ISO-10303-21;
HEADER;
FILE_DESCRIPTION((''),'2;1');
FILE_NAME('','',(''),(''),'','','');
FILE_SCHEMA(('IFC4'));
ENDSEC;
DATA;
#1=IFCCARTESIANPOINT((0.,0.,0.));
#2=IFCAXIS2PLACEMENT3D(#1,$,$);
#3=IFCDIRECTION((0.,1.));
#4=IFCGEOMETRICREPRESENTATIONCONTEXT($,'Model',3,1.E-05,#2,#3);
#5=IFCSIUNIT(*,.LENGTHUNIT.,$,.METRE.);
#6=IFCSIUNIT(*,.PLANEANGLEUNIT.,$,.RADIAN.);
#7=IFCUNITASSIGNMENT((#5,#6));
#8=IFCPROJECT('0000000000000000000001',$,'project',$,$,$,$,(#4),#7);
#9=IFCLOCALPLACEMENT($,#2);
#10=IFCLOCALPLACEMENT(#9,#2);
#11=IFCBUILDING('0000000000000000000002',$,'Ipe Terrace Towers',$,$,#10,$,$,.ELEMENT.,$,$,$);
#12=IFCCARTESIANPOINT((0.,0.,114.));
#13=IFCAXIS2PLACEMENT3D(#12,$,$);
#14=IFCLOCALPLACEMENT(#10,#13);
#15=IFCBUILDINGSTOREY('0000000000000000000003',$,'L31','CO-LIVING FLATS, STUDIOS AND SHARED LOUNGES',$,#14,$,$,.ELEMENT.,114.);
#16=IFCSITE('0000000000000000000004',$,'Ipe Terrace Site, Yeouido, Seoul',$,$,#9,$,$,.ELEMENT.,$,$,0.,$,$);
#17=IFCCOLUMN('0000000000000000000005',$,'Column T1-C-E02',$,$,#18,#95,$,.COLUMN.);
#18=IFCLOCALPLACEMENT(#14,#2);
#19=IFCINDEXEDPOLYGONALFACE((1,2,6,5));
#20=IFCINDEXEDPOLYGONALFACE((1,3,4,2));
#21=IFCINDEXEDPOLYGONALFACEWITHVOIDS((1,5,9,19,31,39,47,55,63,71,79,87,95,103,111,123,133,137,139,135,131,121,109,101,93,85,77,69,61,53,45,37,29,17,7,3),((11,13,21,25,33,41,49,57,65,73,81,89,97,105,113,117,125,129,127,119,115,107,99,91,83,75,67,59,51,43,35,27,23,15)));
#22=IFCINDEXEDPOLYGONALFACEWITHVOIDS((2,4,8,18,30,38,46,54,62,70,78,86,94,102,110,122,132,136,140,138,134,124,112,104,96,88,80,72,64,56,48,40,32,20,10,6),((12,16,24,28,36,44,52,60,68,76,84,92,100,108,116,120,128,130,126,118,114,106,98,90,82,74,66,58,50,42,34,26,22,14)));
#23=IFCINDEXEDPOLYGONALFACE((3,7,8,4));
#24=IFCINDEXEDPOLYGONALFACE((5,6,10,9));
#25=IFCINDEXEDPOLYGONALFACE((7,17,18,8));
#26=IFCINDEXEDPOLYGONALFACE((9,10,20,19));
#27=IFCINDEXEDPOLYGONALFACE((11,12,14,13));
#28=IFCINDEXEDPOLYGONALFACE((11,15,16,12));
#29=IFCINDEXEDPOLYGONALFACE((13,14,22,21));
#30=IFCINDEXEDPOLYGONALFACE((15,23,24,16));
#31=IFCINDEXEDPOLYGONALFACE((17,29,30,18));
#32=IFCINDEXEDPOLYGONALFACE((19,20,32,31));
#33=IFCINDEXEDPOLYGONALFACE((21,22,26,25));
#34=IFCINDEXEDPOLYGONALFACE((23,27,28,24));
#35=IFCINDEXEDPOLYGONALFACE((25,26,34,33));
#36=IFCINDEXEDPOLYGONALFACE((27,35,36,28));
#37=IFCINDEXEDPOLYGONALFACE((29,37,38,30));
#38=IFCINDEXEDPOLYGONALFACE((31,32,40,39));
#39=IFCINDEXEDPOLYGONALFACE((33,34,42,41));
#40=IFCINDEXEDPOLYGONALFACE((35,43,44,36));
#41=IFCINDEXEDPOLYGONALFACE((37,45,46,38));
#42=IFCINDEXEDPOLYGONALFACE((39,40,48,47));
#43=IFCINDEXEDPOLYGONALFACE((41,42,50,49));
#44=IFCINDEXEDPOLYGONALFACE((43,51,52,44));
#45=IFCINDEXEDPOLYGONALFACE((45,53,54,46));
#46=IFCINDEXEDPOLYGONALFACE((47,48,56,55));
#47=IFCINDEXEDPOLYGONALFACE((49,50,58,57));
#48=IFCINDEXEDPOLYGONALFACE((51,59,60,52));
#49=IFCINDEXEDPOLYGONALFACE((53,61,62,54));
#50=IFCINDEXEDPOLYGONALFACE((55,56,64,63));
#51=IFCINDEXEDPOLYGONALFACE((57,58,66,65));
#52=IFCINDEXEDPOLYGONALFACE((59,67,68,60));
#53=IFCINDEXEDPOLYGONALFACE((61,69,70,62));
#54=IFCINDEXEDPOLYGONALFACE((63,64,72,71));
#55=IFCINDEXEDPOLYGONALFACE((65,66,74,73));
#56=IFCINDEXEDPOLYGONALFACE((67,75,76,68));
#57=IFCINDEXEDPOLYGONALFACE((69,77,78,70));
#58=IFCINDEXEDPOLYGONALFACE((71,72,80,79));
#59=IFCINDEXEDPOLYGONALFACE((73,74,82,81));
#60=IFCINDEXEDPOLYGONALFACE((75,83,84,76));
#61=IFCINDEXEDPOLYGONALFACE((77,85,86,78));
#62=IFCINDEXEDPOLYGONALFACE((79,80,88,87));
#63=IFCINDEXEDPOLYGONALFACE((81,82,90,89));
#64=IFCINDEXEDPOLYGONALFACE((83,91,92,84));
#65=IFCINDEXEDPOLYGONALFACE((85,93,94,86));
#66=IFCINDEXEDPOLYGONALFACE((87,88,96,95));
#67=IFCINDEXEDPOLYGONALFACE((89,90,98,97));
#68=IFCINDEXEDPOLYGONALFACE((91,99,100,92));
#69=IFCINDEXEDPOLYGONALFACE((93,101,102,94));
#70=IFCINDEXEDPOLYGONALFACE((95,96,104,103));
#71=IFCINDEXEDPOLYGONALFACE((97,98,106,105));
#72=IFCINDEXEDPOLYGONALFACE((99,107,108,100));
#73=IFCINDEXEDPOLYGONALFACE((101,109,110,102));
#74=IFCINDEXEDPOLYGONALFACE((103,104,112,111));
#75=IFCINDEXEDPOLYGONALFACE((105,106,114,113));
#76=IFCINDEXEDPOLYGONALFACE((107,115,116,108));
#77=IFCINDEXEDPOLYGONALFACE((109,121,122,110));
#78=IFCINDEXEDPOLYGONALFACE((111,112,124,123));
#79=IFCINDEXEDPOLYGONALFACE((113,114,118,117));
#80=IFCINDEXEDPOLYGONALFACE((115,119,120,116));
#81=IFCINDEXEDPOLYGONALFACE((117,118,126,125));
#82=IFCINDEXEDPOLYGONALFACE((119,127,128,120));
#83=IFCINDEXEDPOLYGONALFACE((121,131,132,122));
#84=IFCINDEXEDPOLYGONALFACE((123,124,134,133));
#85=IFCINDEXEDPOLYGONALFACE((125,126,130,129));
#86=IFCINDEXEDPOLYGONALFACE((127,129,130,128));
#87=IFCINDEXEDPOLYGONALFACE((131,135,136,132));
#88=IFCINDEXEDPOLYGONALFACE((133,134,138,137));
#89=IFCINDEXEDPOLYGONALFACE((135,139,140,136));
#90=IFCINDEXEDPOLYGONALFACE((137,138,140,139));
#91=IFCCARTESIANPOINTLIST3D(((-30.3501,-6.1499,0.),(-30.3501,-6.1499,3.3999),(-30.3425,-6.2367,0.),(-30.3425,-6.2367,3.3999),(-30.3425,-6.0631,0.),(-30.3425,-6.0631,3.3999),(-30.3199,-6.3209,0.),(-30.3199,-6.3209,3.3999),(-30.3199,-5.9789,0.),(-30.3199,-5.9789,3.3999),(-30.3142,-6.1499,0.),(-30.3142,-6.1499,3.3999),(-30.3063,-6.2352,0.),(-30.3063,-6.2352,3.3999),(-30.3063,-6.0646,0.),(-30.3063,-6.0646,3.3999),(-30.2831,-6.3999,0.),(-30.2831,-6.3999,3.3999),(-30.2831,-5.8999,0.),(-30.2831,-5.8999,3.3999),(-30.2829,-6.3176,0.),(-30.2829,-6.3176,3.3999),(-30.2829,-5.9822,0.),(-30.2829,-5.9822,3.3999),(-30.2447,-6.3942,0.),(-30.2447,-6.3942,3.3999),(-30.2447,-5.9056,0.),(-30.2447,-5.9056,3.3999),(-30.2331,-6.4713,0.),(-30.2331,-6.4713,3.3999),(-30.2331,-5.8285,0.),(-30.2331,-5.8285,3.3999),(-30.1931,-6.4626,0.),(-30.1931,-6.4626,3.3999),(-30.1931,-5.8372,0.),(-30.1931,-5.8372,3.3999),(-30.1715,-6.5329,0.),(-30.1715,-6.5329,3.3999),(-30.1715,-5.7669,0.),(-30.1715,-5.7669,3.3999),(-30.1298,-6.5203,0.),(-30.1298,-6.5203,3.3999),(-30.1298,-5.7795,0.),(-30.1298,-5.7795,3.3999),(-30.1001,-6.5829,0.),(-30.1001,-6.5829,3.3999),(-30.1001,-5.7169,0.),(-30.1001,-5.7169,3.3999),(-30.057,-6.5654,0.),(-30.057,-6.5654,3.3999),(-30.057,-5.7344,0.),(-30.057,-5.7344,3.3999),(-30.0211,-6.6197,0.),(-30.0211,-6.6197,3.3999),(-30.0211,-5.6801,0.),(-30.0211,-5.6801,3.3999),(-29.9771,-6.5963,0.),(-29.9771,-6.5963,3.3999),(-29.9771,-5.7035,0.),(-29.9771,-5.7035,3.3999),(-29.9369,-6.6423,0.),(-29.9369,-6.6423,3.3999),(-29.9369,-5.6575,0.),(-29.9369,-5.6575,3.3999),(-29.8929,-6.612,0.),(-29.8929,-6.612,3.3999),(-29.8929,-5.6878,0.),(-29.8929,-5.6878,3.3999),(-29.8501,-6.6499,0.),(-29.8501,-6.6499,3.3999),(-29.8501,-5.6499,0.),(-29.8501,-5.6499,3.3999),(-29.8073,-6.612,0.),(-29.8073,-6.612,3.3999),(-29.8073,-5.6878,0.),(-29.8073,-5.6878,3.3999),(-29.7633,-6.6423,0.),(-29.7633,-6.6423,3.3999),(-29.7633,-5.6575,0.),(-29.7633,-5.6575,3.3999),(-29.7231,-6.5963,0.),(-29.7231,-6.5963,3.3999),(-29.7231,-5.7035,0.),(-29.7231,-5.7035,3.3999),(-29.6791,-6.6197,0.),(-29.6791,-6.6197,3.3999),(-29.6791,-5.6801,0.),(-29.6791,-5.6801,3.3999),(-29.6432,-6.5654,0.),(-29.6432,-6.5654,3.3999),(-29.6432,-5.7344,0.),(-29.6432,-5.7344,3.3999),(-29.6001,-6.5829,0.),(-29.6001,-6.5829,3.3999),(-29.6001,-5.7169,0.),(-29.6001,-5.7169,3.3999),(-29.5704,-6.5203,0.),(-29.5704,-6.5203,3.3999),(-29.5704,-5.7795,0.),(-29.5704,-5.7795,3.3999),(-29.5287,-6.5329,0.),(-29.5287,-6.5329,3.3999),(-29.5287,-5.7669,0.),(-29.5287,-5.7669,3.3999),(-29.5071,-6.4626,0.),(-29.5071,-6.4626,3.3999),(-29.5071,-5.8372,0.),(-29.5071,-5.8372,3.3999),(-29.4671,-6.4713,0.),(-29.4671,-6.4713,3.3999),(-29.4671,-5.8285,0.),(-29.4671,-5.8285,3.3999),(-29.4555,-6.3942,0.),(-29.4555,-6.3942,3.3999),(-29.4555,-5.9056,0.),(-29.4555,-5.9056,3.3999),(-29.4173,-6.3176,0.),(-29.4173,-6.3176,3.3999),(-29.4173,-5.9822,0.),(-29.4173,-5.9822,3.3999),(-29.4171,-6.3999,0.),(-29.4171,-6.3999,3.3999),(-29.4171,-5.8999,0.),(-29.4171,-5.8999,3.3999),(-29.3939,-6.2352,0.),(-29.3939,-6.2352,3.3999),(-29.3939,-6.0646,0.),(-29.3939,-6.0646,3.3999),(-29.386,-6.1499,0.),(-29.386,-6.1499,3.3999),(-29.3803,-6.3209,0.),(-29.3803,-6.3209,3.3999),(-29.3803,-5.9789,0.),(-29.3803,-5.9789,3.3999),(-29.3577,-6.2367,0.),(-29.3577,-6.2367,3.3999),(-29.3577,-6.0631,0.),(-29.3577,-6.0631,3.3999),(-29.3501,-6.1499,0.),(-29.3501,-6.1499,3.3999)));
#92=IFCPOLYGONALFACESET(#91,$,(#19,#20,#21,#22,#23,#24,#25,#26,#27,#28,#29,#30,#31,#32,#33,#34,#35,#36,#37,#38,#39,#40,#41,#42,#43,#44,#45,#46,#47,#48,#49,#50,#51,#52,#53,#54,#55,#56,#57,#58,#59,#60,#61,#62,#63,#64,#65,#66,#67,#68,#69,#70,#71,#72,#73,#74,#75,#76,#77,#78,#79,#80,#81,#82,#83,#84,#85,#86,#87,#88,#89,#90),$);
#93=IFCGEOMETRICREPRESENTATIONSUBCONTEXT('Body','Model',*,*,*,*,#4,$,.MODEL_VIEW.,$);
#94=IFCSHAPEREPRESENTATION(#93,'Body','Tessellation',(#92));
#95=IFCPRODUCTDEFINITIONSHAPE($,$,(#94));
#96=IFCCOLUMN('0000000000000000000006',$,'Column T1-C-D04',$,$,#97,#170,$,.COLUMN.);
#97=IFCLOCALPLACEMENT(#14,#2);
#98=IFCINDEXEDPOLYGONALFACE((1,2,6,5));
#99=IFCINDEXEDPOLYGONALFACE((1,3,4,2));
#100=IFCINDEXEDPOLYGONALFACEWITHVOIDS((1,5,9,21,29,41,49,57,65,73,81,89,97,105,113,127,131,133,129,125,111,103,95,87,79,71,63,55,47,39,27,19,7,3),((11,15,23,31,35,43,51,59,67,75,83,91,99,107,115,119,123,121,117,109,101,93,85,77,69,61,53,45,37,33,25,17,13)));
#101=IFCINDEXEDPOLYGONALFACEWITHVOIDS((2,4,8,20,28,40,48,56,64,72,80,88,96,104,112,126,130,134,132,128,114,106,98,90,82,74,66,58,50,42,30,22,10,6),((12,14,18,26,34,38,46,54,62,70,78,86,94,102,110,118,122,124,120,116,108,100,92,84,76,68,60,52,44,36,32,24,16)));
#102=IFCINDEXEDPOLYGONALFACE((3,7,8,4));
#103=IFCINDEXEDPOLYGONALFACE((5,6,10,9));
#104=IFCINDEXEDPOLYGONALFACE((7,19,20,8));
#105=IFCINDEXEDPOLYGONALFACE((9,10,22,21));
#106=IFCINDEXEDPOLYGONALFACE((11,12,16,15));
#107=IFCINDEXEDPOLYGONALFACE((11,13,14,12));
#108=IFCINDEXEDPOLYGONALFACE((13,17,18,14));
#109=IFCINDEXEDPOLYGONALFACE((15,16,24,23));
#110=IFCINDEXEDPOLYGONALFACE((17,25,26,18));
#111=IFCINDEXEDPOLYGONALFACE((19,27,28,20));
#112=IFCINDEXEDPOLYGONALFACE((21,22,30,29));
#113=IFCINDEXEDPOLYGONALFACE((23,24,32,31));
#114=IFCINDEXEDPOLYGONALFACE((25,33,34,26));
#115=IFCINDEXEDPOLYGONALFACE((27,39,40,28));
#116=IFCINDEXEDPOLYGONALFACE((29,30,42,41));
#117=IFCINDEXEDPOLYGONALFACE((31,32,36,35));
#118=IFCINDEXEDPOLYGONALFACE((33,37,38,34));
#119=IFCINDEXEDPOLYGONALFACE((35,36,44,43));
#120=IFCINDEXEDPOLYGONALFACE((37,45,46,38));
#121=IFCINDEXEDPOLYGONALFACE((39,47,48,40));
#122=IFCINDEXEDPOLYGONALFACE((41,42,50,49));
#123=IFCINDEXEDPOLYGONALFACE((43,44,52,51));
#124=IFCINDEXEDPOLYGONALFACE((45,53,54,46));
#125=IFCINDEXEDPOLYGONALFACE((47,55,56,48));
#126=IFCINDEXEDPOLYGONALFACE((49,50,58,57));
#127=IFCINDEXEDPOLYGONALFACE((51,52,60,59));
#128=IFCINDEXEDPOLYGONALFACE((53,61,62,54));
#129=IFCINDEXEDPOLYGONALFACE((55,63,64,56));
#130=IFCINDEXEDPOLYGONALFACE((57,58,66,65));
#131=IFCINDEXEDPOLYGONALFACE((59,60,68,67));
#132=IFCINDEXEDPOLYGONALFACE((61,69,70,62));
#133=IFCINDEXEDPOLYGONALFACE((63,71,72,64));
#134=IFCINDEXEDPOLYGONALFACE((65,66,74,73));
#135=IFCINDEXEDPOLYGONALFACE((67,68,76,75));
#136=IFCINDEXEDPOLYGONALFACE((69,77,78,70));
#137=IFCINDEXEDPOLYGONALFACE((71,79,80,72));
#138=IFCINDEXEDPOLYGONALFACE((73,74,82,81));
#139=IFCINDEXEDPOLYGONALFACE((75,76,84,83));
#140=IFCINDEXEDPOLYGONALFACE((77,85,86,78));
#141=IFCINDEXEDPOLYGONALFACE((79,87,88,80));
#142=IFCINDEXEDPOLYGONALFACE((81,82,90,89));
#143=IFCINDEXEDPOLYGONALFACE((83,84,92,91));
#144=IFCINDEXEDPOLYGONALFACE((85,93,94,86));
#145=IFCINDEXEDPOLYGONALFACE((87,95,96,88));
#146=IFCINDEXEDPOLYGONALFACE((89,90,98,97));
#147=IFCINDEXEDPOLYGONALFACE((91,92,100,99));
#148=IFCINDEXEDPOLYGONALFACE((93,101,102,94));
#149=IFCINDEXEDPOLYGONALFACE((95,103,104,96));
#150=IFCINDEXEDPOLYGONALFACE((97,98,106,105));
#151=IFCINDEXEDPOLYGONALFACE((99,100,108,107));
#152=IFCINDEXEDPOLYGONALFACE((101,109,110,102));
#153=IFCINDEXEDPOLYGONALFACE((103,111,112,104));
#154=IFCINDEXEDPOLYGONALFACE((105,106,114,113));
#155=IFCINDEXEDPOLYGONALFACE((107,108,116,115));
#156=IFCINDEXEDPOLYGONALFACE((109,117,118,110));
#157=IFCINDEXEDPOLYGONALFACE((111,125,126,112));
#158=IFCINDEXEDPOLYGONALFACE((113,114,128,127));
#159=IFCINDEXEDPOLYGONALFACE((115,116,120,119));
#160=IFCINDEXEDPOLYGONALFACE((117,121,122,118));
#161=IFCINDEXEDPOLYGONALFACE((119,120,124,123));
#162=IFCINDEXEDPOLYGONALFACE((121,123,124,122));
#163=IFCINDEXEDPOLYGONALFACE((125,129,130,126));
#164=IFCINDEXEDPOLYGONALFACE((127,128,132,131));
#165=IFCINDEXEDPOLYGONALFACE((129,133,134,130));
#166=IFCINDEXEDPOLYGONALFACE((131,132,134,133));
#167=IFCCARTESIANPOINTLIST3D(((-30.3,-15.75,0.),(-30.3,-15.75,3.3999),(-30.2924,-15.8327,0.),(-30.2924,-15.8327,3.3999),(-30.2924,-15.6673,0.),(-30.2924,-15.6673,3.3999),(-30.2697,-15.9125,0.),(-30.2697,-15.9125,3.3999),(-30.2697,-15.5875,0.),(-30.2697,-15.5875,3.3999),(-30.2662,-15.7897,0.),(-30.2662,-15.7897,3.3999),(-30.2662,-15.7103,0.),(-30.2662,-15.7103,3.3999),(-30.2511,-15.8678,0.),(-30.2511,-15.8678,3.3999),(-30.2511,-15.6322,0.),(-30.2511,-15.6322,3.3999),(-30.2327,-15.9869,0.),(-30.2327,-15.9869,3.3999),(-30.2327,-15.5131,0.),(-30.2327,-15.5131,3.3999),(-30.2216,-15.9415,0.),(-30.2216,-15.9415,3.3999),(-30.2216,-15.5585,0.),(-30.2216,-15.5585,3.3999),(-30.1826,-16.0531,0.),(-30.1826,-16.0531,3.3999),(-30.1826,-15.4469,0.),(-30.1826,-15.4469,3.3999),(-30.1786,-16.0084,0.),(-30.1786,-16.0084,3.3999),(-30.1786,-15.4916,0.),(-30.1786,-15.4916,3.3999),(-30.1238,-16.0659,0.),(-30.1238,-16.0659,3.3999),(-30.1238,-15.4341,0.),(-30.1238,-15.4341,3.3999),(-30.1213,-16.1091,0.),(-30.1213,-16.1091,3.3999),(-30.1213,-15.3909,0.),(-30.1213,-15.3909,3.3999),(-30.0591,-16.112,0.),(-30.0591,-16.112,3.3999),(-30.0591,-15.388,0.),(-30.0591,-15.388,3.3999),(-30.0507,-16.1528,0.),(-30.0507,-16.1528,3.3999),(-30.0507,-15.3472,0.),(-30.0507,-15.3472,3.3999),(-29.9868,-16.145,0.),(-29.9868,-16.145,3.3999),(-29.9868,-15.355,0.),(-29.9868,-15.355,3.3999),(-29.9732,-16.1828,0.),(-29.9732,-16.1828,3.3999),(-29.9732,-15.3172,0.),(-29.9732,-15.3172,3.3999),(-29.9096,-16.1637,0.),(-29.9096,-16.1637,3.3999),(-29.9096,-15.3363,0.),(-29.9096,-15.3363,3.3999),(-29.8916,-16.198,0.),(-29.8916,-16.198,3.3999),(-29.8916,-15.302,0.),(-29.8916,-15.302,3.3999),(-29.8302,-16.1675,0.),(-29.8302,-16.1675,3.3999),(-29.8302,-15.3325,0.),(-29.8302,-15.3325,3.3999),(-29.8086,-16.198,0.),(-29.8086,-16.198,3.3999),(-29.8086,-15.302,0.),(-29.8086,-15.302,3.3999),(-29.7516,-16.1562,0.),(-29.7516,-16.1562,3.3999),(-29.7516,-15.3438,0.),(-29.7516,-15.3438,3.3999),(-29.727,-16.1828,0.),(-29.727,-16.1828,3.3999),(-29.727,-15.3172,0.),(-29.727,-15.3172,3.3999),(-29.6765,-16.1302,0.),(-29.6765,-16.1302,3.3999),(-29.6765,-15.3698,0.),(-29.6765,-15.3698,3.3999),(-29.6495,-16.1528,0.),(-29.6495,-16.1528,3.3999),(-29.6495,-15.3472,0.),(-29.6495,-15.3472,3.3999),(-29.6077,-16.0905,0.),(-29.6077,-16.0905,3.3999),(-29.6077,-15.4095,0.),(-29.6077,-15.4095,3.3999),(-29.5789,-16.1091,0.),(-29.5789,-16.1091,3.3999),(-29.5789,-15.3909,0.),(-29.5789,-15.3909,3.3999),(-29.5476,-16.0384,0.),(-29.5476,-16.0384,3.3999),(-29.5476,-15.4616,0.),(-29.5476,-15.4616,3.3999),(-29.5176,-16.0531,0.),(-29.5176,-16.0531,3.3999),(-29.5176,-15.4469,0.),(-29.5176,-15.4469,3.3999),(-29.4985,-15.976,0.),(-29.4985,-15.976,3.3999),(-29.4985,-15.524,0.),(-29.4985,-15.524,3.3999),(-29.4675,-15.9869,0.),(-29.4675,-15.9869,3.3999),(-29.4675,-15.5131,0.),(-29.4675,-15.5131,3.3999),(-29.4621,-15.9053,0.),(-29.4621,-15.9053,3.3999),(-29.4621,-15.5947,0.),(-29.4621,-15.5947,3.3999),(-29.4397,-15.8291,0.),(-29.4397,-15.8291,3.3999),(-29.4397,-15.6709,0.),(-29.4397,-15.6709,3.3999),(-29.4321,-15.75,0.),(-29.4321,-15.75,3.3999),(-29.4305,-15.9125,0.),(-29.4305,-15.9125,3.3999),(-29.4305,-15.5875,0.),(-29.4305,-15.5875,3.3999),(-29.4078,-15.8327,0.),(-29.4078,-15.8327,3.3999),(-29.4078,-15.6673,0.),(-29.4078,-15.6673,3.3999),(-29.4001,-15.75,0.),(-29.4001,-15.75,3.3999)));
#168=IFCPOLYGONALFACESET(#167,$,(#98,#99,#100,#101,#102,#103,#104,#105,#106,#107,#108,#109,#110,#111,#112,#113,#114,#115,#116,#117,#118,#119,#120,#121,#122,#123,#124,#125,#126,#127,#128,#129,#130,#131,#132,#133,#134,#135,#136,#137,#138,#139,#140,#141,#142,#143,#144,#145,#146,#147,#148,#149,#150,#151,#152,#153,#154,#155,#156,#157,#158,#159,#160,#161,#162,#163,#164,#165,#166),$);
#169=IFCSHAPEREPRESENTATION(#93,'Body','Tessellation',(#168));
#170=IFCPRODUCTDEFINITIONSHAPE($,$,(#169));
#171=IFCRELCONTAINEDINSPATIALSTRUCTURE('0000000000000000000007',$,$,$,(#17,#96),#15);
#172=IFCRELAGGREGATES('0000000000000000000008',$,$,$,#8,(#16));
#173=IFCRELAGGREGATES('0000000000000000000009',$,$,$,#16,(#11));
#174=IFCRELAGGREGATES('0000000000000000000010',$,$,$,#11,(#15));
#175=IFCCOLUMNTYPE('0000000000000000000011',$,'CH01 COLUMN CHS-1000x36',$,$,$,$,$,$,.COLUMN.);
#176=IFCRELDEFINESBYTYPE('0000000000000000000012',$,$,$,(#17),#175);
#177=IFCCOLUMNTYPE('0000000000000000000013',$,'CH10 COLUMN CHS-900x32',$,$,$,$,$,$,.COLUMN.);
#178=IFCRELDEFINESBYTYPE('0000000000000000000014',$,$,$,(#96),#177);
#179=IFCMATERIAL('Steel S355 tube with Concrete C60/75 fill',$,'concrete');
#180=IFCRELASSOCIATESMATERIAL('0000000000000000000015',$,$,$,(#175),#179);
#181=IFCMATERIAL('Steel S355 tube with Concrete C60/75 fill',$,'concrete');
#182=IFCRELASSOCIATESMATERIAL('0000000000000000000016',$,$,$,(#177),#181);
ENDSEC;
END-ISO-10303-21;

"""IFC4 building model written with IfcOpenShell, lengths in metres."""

from ifc_helpers import new_model, si_unit, direction, frame, origin, origin_2d, place, context, subcontext, project, spatial, hollow_circle, extrude, material, material_profile, profile_set, type_object, element, save


model = new_model("IFC4")

# Units and contexts
model_context = context("Model", 3, precision=1e-05, world=origin(), true_north=direction((0.0, 1.0)))
body_context = subcontext(model_context, "Body", "Model", "MODEL_VIEW")
ifc_project = project(units=[si_unit("LENGTHUNIT", "METRE"), si_unit("PLANEANGLEUNIT", "RADIAN")], contexts=[model_context])

# Site, building, storey
site_placement = place(None, origin())
site = spatial("IfcSite", under=ifc_project, at=site_placement, Name="Ipe Terrace Site, Yeouido, Seoul", CompositionType="ELEMENT", RefElevation=0.0)
building_placement = place(site_placement, origin())
building = spatial("IfcBuilding", under=site, at=building_placement, Name="Ipe Terrace Towers", CompositionType="ELEMENT")
storey_placement = place(building_placement, frame((0.0, 0.0, 114.0)))
storey = spatial("IfcBuildingStorey", under=building, at=storey_placement, Name="L31", Description="CO-LIVING FLATS, STUDIOS AND SHARED LOUNGES", CompositionType="ELEMENT", Elevation=114.0)

# Columns
ifc_material_1 = material(Name="Steel S355 tube with Concrete C60/75 fill", Category="concrete")
ifc_material_profile_1 = material_profile(ifc_material_1, hollow_circle(Radius=0.5, WallThickness=0.0359, at=origin_2d()), Name="CHS-1000x36")
ifc_profile_set_1 = profile_set([ifc_material_profile_1], Name="Steel S355 tube with Concrete C60/75 fill")
column_type_1 = type_object("IfcColumnType", Name="CH01 COLUMN CHS-1000x36", PredefinedType="COLUMN", material=ifc_profile_set_1)
column_placement = place(storey_placement, frame((-29.8501, -6.1499, 0.0), z_axis=(0.0, 0.0, 1.0), x_axis=(1.0, 0.0, 0.0)))
element("IfcColumn", 1, at=column_placement, inside=storey, type_object=column_type_1, Name="Column T1-C-E02", PredefinedType="COLUMN", context=body_context, shape_type="SweptSolid", body=[
    extrude(hollow_circle(Radius=0.5, WallThickness=0.0359, at=origin_2d()), origin(), (0.0, 0.0, 1.0), 3.3999),
])
ifc_material_2 = material(Name="Steel S355 tube with Concrete C60/75 fill", Category="concrete")
ifc_material_profile_2 = material_profile(ifc_material_2, hollow_circle(Radius=0.45, WallThickness=0.032, at=origin_2d()), Name="CHS-900x32")
ifc_profile_set_2 = profile_set([ifc_material_profile_2], Name="Steel S355 tube with Concrete C60/75 fill")
column_type_2 = type_object("IfcColumnType", Name="CH10 COLUMN CHS-900x32", PredefinedType="COLUMN", material=ifc_profile_set_2)
for number, where, z_axis, x_axis, name in (
    (2, (-29.8501, -15.75, 0.0), (0.0, 0.0, 1.0), (1.0, 0.0, 0.0), "Column T1-C-D04"),
):
    element("IfcColumn", number, at=place(storey_placement, frame(where, z_axis=z_axis, x_axis=x_axis)), inside=storey, type_object=column_type_2, Name=name, PredefinedType="COLUMN", context=body_context, shape_type="SweptSolid", body=[
        extrude(hollow_circle(Radius=0.45, WallThickness=0.032, at=origin_2d()), origin(), (0.0, 0.0, 1.0), 3.3999),
    ])

save(model, "model.ifc")
